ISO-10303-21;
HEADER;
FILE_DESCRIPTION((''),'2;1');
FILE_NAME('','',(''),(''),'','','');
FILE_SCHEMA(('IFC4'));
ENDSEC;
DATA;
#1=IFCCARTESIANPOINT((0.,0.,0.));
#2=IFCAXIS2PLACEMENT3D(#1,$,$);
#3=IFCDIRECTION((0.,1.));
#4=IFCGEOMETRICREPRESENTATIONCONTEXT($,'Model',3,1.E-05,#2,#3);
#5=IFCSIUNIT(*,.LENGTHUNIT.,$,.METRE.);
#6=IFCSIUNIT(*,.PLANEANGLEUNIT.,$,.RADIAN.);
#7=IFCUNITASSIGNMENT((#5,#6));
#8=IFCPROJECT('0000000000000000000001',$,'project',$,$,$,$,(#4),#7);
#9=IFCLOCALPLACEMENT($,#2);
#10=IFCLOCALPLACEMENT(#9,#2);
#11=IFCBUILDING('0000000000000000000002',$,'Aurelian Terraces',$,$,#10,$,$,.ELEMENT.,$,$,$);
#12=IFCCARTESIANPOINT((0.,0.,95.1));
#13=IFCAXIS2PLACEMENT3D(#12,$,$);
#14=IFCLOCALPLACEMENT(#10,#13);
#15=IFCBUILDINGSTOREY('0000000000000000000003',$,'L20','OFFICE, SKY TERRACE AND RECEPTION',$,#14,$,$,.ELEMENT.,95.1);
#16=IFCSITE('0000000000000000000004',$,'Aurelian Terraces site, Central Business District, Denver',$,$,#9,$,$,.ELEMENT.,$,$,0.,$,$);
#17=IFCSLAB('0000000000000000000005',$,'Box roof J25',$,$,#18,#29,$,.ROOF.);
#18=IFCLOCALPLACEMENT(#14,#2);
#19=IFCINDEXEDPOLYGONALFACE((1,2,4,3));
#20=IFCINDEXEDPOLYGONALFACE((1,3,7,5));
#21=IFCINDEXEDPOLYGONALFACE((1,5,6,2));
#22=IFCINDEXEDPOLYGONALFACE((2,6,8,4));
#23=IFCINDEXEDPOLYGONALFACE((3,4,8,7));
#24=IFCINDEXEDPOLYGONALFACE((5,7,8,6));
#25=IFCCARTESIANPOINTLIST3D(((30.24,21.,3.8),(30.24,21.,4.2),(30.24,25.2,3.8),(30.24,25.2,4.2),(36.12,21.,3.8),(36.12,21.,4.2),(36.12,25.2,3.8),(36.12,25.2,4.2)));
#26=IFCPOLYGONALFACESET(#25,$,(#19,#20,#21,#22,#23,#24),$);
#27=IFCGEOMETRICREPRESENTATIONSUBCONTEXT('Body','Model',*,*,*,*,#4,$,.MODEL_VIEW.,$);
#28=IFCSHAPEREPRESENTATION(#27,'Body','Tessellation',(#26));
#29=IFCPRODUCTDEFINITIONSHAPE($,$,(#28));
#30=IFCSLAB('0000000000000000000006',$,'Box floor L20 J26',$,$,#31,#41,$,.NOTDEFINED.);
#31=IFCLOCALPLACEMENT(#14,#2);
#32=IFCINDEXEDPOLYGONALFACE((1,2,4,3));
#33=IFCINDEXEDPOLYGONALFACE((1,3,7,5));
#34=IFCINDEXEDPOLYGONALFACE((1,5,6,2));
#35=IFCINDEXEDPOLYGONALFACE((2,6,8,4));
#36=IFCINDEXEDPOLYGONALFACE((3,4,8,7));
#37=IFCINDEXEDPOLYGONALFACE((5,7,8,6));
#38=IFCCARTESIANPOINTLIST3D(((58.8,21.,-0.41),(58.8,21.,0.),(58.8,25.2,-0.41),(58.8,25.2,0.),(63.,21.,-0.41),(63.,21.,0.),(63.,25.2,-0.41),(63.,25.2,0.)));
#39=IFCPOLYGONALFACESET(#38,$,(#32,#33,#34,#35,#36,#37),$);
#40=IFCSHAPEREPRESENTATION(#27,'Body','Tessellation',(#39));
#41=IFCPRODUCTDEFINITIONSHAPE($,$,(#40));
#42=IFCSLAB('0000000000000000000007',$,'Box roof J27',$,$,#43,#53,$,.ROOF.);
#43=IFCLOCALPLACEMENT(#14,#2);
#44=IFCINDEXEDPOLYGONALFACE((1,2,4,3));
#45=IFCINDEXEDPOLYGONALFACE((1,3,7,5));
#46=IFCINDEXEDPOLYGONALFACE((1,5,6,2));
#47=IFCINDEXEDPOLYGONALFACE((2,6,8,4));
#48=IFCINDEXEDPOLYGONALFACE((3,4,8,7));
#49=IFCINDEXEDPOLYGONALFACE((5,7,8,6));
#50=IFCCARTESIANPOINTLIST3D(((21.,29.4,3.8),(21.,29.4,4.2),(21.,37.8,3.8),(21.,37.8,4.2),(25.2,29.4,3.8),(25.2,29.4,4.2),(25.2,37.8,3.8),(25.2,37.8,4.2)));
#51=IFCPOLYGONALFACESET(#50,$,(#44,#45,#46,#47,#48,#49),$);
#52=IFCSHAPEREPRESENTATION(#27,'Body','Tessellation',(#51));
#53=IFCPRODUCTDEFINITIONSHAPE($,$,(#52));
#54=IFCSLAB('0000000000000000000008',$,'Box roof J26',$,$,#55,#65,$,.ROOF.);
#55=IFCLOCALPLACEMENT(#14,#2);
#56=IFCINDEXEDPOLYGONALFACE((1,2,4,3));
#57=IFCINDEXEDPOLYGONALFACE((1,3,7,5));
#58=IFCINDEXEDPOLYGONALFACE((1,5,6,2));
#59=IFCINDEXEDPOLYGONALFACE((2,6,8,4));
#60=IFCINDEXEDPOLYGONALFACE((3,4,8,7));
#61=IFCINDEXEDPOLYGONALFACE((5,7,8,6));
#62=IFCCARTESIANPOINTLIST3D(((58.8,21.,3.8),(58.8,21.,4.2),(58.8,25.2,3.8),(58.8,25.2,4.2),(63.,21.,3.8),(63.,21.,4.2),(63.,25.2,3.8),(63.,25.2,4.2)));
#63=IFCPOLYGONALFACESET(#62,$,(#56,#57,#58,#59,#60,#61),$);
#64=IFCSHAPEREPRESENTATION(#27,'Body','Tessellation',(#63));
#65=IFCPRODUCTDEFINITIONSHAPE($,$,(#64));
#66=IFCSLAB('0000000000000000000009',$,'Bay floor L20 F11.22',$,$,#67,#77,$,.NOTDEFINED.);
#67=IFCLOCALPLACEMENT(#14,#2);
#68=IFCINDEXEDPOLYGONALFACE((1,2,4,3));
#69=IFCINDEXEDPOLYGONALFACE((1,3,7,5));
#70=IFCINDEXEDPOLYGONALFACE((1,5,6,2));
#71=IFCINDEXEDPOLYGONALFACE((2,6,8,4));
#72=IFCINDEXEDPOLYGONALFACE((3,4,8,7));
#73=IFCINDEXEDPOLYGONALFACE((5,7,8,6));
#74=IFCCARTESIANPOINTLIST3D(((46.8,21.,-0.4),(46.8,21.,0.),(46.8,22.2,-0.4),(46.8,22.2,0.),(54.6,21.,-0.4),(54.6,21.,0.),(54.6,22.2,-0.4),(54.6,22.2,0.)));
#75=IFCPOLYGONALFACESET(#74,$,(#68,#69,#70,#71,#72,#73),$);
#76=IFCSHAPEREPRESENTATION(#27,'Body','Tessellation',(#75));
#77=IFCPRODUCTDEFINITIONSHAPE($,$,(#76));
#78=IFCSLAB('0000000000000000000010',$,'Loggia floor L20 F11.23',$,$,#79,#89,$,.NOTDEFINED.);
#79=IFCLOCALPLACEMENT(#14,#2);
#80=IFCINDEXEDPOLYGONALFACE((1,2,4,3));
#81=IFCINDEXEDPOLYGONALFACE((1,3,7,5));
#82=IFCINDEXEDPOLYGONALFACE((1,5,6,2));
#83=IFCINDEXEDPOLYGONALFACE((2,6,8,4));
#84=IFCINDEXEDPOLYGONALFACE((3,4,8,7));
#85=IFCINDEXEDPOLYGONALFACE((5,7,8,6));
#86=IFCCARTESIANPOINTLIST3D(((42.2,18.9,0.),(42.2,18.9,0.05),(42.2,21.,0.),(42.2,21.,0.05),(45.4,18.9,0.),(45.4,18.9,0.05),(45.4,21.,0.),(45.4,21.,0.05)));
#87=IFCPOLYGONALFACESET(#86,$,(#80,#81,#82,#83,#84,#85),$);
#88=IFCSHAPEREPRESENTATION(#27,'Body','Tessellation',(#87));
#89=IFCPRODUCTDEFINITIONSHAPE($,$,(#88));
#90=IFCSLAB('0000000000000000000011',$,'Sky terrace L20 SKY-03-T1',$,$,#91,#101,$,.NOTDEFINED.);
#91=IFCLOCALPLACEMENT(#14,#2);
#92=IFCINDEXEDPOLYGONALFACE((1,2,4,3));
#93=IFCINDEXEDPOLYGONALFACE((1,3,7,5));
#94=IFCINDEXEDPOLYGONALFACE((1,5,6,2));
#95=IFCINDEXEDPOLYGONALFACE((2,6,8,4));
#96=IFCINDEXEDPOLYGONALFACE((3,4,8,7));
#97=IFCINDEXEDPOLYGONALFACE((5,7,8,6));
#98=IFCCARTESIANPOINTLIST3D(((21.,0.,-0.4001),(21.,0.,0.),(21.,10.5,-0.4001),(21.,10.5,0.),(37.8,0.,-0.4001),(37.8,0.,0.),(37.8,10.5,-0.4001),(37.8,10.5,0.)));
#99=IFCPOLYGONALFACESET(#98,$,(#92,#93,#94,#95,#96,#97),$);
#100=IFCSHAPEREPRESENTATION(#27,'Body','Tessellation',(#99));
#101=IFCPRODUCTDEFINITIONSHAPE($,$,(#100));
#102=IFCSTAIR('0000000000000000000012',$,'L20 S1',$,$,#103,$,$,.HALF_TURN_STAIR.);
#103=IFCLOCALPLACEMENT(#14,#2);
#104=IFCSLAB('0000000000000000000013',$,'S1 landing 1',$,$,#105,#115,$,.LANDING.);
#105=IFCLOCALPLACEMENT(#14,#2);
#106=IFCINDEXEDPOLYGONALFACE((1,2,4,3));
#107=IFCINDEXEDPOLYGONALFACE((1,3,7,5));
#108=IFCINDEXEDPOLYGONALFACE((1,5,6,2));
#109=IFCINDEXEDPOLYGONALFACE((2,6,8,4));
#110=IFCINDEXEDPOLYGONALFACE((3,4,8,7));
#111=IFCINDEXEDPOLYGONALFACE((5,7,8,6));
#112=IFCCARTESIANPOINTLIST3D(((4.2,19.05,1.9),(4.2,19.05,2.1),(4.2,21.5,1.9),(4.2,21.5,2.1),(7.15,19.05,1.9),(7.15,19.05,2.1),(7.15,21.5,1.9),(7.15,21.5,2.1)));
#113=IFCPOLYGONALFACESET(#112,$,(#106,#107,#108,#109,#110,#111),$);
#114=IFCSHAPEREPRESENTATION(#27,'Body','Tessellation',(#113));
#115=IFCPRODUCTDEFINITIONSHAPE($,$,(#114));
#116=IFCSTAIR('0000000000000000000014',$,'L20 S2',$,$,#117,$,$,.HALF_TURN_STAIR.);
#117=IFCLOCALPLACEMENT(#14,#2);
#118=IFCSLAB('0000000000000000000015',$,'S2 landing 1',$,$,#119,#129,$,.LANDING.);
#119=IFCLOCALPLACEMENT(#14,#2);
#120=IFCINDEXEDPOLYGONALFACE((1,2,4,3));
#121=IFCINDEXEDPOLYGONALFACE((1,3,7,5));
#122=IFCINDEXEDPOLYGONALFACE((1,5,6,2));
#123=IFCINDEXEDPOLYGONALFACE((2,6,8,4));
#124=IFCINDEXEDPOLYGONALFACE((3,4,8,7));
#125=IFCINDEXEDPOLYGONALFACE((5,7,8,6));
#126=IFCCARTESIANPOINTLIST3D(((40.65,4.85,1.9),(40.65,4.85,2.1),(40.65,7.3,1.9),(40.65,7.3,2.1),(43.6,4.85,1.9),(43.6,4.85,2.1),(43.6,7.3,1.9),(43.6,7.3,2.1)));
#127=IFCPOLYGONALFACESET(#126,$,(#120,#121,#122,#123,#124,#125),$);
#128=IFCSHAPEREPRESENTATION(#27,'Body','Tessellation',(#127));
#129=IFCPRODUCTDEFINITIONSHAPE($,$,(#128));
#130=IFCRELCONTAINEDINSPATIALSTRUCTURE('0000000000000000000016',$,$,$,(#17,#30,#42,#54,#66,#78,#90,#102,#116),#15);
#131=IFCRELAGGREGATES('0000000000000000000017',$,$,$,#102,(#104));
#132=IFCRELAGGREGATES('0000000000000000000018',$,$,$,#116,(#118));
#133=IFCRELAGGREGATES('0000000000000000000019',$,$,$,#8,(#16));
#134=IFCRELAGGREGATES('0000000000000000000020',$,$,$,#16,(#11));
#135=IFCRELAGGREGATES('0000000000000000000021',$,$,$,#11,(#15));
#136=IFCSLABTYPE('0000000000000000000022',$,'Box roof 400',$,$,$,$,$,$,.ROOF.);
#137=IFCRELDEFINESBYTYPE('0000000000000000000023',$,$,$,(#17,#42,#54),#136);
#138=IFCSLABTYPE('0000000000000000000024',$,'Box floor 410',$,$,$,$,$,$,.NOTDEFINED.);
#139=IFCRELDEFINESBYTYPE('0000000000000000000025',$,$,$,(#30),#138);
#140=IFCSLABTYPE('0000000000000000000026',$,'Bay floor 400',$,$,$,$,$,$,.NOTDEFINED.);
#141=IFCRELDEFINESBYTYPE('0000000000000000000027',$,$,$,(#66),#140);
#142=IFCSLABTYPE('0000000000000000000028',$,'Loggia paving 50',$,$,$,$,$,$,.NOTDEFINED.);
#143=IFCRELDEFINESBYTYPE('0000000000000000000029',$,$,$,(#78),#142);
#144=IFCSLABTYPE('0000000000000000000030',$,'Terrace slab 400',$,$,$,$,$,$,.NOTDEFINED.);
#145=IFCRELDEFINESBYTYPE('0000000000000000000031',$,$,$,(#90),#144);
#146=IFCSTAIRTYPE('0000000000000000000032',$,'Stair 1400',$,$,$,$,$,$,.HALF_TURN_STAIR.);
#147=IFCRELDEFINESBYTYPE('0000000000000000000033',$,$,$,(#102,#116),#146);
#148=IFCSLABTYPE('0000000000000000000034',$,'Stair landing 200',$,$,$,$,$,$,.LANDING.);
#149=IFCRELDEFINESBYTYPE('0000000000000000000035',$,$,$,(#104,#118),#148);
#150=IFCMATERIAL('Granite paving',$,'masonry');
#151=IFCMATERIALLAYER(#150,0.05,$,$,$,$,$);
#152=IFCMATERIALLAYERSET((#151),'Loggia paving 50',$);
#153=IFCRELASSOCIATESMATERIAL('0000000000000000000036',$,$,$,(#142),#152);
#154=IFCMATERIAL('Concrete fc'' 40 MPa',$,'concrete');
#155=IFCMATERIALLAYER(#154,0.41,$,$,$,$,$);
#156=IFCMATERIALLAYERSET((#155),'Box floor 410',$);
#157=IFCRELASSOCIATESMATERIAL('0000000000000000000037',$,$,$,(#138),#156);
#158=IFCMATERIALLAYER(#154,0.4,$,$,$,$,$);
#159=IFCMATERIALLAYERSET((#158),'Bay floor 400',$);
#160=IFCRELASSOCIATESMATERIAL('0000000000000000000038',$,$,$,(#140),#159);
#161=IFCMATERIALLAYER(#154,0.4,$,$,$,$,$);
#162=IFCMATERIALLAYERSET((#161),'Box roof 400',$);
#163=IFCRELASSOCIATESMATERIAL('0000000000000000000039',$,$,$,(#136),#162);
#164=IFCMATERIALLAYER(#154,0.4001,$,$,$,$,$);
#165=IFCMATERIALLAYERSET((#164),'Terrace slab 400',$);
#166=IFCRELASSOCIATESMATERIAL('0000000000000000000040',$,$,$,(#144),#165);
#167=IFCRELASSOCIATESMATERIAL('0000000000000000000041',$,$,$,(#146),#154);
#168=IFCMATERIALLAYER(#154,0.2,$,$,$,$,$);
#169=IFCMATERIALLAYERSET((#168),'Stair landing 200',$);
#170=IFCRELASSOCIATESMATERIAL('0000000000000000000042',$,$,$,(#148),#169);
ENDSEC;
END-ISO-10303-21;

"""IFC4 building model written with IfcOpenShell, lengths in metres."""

from ifc_helpers import new_model, si_unit, direction, frame, origin, place, context, subcontext, project, spatial, polyline, outline, extrude, source, transform, mapped, material, layer, layer_set, type_object, element, aggregate, save


model = new_model("IFC4")

# Units and contexts
model_context = context("Model", 3, precision=1e-05, world=origin(), true_north=direction((0.0, 1.0)))
body_context = subcontext(model_context, "Body", "Model", "MODEL_VIEW")
ifc_project = project(units=[si_unit("LENGTHUNIT", "METRE"), si_unit("PLANEANGLEUNIT", "RADIAN")], contexts=[model_context])

# Site, building, storey
site_placement = place(None, origin())
site = spatial("IfcSite", under=ifc_project, at=site_placement, Name="Aurelian Terraces site, Central Business District, Denver", CompositionType="ELEMENT", RefElevation=0.0)
building_placement = place(site_placement, origin())
building = spatial("IfcBuilding", under=site, at=building_placement, Name="Aurelian Terraces", CompositionType="ELEMENT")
storey_placement = place(building_placement, frame((0.0, 0.0, 95.1)))
storey = spatial("IfcBuildingStorey", under=building, at=storey_placement, Name="L20", Description="OFFICE, SKY TERRACE AND RECEPTION", CompositionType="ELEMENT", Elevation=95.1)

# Slabs
ifc_material_1 = material(Name="Granite paving", Category="masonry")
ifc_layer_1 = layer(ifc_material_1, 0.05)
ifc_layer_set_1 = layer_set([ifc_layer_1], Name="Loggia paving 50")
slab_type_1 = type_object("IfcSlabType", Name="Loggia paving 50", PredefinedType="NOTDEFINED", material=ifc_layer_set_1)
ifc_material_2 = material(Name="Concrete fc' 40 MPa", Category="concrete")
ifc_layer_2 = layer(ifc_material_2, 0.41)
ifc_layer_set_2 = layer_set([ifc_layer_2], Name="Box floor 410")
slab_type_2 = type_object("IfcSlabType", Name="Box floor 410", PredefinedType="NOTDEFINED", material=ifc_layer_set_2)
ifc_layer_3 = layer(ifc_material_2, 0.4)
ifc_layer_set_3 = layer_set([ifc_layer_3], Name="Bay floor 400")
slab_type_3 = type_object("IfcSlabType", Name="Bay floor 400", PredefinedType="NOTDEFINED", material=ifc_layer_set_3)
ifc_layer_4 = layer(ifc_material_2, 0.4)
ifc_layer_set_4 = layer_set([ifc_layer_4], Name="Box roof 400")
slab_type_4 = type_object("IfcSlabType", Name="Box roof 400", PredefinedType="ROOF", material=ifc_layer_set_4)
shared_shape_1 = source(origin(), body_context, "Body", "SweptSolid", [
    extrude(outline(polyline([(36.12, 25.2), (30.24, 25.2), (30.24, 21.0), (36.12, 21.0), (36.12, 25.2)])), origin(), (0.0, 0.0, 1.0), 0.4),
])
slab_1_placement = place(storey_placement, frame((0.0, 0.0, 3.8)))
element("IfcSlab", 1, at=slab_1_placement, inside=storey, type_object=slab_type_4, Name="Box roof J25", PredefinedType="ROOF", context=body_context, shape_type="MappedRepresentation", body=[
    mapped(shared_shape_1, transform((0.0, 0.0, 0.0), scale=1.0)),
])
shared_shape_2 = source(origin(), body_context, "Body", "SweptSolid", [
    extrude(outline(polyline([(63.0, 25.2), (58.8, 25.2), (58.8, 21.0), (63.0, 21.0), (63.0, 25.2)])), origin(), (0.0, 0.0, 1.0), 0.41),
])
slab_2_placement = place(storey_placement, frame((0.0, 0.0, -0.41)))
element("IfcSlab", 2, at=slab_2_placement, inside=storey, type_object=slab_type_2, Name="Box floor L20 J26", PredefinedType="NOTDEFINED", context=body_context, shape_type="MappedRepresentation", body=[
    mapped(shared_shape_2, transform((0.0, 0.0, 0.0), scale=1.0)),
])
shared_shape_3 = source(origin(), body_context, "Body", "SweptSolid", [
    extrude(outline(polyline([(25.2, 29.4), (25.2, 37.8), (21.0, 37.8), (21.0, 29.4), (25.2, 29.4)])), origin(), (0.0, 0.0, 1.0), 0.4),
])
slab_3_placement = place(storey_placement, frame((0.0, 0.0, 3.8)))
element("IfcSlab", 3, at=slab_3_placement, inside=storey, type_object=slab_type_4, Name="Box roof J27", PredefinedType="ROOF", context=body_context, shape_type="MappedRepresentation", body=[
    mapped(shared_shape_3, transform((0.0, 0.0, 0.0), scale=1.0)),
])
shared_shape_4 = source(origin(), body_context, "Body", "SweptSolid", [
    extrude(outline(polyline([(63.0, 25.2), (58.8, 25.2), (58.8, 21.0), (63.0, 21.0), (63.0, 25.2)])), origin(), (0.0, 0.0, 1.0), 0.4),
])
slab_4_placement = place(storey_placement, frame((0.0, 0.0, 3.8)))
element("IfcSlab", 4, at=slab_4_placement, inside=storey, type_object=slab_type_4, Name="Box roof J26", PredefinedType="ROOF", context=body_context, shape_type="MappedRepresentation", body=[
    mapped(shared_shape_4, transform((0.0, 0.0, 0.0), scale=1.0)),
])
shared_shape_5 = source(origin(), body_context, "Body", "SweptSolid", [
    extrude(outline(polyline([(54.6, 21.0), (46.8, 21.0), (46.8, 22.2), (54.6, 22.2), (54.6, 21.0)])), origin(), (0.0, 0.0, 1.0), 0.4),
])
slab_5_placement = place(storey_placement, frame((0.0, 0.0, -0.4)))
element("IfcSlab", 5, at=slab_5_placement, inside=storey, type_object=slab_type_3, Name="Bay floor L20 F11.22", PredefinedType="NOTDEFINED", context=body_context, shape_type="MappedRepresentation", body=[
    mapped(shared_shape_5, transform((0.0, 0.0, 0.0), scale=1.0)),
])
shared_shape_6 = source(origin(), body_context, "Body", "SweptSolid", [
    extrude(outline(polyline([(45.4, 21.0), (42.2, 21.0), (42.2, 18.9), (45.4, 18.9), (45.4, 21.0)])), origin(), (0.0, 0.0, 1.0), 0.05),
])
slab_6_placement = place(storey_placement, origin())
element("IfcSlab", 6, at=slab_6_placement, inside=storey, type_object=slab_type_1, Name="Loggia floor L20 F11.23", PredefinedType="NOTDEFINED", context=body_context, shape_type="MappedRepresentation", body=[
    mapped(shared_shape_6, transform((0.0, 0.0, 0.0), scale=1.0)),
])
ifc_layer_5 = layer(ifc_material_2, 0.4001)
ifc_layer_set_5 = layer_set([ifc_layer_5], Name="Terrace slab 400")
slab_type_5 = type_object("IfcSlabType", Name="Terrace slab 400", PredefinedType="NOTDEFINED", material=ifc_layer_set_5)
shared_shape_7 = source(origin(), body_context, "Body", "SweptSolid", [
    extrude(outline(polyline([(37.8, 10.5), (37.8, 0.0), (21.0, 0.0), (21.0, 10.5), (37.8, 10.5)])), origin(), (0.0, 0.0, 1.0), 0.4001),
])
slab_7_placement = place(storey_placement, frame((0.0, 0.0, -0.4001)))
element("IfcSlab", 7, at=slab_7_placement, inside=storey, type_object=slab_type_5, Name="Sky terrace L20 SKY-03-T1", PredefinedType="NOTDEFINED", context=body_context, shape_type="MappedRepresentation", body=[
    mapped(shared_shape_7, transform((0.0, 0.0, 0.0), scale=1.0)),
])

# Stairs, slabs
stair_type = type_object("IfcStairType", Name="Stair 1400", PredefinedType="HALF_TURN_STAIR", material=ifc_material_2)
stair_1_placement = place(storey_placement, origin())
stair_1 = element("IfcStair", 8, at=stair_1_placement, inside=storey, type_object=stair_type, Name="L20 S1", PredefinedType="HALF_TURN_STAIR")
ifc_layer_6 = layer(ifc_material_2, 0.2)
ifc_layer_set_6 = layer_set([ifc_layer_6], Name="Stair landing 200")
slab_type_6 = type_object("IfcSlabType", Name="Stair landing 200", PredefinedType="LANDING", material=ifc_layer_set_6)
shared_shape_8 = source(origin(), body_context, "Body", "SweptSolid", [
    extrude(outline(polyline([(7.15, 19.05), (7.15, 21.5), (4.2, 21.5), (4.2, 19.05), (7.15, 19.05)])), origin(), (0.0, 0.0, 1.0), 0.2),
])
slab_8_placement = place(storey_placement, frame((0.0, 0.0, 1.9)))
slab_8 = element("IfcSlab", 9, at=slab_8_placement, type_object=slab_type_6, Name="S1 landing 1", PredefinedType="LANDING", context=body_context, shape_type="MappedRepresentation", body=[
    mapped(shared_shape_8, transform((0.0, 0.0, 0.0), scale=1.0)),
])
aggregate(stair_1, [slab_8])
stair_2_placement = place(storey_placement, origin())
stair_2 = element("IfcStair", 10, at=stair_2_placement, inside=storey, type_object=stair_type, Name="L20 S2", PredefinedType="HALF_TURN_STAIR")
shared_shape_9 = source(origin(), body_context, "Body", "SweptSolid", [
    extrude(outline(polyline([(43.6, 4.85), (43.6, 7.3), (40.65, 7.3), (40.65, 4.85), (43.6, 4.85)])), origin(), (0.0, 0.0, 1.0), 0.2),
])
slab_9_placement = place(storey_placement, frame((0.0, 0.0, 1.9)))
slab_9 = element("IfcSlab", 11, at=slab_9_placement, type_object=slab_type_6, Name="S2 landing 1", PredefinedType="LANDING", context=body_context, shape_type="MappedRepresentation", body=[
    mapped(shared_shape_9, transform((0.0, 0.0, 0.0), scale=1.0)),
])
aggregate(stair_2, [slab_9])

save(model, "model.ifc")
